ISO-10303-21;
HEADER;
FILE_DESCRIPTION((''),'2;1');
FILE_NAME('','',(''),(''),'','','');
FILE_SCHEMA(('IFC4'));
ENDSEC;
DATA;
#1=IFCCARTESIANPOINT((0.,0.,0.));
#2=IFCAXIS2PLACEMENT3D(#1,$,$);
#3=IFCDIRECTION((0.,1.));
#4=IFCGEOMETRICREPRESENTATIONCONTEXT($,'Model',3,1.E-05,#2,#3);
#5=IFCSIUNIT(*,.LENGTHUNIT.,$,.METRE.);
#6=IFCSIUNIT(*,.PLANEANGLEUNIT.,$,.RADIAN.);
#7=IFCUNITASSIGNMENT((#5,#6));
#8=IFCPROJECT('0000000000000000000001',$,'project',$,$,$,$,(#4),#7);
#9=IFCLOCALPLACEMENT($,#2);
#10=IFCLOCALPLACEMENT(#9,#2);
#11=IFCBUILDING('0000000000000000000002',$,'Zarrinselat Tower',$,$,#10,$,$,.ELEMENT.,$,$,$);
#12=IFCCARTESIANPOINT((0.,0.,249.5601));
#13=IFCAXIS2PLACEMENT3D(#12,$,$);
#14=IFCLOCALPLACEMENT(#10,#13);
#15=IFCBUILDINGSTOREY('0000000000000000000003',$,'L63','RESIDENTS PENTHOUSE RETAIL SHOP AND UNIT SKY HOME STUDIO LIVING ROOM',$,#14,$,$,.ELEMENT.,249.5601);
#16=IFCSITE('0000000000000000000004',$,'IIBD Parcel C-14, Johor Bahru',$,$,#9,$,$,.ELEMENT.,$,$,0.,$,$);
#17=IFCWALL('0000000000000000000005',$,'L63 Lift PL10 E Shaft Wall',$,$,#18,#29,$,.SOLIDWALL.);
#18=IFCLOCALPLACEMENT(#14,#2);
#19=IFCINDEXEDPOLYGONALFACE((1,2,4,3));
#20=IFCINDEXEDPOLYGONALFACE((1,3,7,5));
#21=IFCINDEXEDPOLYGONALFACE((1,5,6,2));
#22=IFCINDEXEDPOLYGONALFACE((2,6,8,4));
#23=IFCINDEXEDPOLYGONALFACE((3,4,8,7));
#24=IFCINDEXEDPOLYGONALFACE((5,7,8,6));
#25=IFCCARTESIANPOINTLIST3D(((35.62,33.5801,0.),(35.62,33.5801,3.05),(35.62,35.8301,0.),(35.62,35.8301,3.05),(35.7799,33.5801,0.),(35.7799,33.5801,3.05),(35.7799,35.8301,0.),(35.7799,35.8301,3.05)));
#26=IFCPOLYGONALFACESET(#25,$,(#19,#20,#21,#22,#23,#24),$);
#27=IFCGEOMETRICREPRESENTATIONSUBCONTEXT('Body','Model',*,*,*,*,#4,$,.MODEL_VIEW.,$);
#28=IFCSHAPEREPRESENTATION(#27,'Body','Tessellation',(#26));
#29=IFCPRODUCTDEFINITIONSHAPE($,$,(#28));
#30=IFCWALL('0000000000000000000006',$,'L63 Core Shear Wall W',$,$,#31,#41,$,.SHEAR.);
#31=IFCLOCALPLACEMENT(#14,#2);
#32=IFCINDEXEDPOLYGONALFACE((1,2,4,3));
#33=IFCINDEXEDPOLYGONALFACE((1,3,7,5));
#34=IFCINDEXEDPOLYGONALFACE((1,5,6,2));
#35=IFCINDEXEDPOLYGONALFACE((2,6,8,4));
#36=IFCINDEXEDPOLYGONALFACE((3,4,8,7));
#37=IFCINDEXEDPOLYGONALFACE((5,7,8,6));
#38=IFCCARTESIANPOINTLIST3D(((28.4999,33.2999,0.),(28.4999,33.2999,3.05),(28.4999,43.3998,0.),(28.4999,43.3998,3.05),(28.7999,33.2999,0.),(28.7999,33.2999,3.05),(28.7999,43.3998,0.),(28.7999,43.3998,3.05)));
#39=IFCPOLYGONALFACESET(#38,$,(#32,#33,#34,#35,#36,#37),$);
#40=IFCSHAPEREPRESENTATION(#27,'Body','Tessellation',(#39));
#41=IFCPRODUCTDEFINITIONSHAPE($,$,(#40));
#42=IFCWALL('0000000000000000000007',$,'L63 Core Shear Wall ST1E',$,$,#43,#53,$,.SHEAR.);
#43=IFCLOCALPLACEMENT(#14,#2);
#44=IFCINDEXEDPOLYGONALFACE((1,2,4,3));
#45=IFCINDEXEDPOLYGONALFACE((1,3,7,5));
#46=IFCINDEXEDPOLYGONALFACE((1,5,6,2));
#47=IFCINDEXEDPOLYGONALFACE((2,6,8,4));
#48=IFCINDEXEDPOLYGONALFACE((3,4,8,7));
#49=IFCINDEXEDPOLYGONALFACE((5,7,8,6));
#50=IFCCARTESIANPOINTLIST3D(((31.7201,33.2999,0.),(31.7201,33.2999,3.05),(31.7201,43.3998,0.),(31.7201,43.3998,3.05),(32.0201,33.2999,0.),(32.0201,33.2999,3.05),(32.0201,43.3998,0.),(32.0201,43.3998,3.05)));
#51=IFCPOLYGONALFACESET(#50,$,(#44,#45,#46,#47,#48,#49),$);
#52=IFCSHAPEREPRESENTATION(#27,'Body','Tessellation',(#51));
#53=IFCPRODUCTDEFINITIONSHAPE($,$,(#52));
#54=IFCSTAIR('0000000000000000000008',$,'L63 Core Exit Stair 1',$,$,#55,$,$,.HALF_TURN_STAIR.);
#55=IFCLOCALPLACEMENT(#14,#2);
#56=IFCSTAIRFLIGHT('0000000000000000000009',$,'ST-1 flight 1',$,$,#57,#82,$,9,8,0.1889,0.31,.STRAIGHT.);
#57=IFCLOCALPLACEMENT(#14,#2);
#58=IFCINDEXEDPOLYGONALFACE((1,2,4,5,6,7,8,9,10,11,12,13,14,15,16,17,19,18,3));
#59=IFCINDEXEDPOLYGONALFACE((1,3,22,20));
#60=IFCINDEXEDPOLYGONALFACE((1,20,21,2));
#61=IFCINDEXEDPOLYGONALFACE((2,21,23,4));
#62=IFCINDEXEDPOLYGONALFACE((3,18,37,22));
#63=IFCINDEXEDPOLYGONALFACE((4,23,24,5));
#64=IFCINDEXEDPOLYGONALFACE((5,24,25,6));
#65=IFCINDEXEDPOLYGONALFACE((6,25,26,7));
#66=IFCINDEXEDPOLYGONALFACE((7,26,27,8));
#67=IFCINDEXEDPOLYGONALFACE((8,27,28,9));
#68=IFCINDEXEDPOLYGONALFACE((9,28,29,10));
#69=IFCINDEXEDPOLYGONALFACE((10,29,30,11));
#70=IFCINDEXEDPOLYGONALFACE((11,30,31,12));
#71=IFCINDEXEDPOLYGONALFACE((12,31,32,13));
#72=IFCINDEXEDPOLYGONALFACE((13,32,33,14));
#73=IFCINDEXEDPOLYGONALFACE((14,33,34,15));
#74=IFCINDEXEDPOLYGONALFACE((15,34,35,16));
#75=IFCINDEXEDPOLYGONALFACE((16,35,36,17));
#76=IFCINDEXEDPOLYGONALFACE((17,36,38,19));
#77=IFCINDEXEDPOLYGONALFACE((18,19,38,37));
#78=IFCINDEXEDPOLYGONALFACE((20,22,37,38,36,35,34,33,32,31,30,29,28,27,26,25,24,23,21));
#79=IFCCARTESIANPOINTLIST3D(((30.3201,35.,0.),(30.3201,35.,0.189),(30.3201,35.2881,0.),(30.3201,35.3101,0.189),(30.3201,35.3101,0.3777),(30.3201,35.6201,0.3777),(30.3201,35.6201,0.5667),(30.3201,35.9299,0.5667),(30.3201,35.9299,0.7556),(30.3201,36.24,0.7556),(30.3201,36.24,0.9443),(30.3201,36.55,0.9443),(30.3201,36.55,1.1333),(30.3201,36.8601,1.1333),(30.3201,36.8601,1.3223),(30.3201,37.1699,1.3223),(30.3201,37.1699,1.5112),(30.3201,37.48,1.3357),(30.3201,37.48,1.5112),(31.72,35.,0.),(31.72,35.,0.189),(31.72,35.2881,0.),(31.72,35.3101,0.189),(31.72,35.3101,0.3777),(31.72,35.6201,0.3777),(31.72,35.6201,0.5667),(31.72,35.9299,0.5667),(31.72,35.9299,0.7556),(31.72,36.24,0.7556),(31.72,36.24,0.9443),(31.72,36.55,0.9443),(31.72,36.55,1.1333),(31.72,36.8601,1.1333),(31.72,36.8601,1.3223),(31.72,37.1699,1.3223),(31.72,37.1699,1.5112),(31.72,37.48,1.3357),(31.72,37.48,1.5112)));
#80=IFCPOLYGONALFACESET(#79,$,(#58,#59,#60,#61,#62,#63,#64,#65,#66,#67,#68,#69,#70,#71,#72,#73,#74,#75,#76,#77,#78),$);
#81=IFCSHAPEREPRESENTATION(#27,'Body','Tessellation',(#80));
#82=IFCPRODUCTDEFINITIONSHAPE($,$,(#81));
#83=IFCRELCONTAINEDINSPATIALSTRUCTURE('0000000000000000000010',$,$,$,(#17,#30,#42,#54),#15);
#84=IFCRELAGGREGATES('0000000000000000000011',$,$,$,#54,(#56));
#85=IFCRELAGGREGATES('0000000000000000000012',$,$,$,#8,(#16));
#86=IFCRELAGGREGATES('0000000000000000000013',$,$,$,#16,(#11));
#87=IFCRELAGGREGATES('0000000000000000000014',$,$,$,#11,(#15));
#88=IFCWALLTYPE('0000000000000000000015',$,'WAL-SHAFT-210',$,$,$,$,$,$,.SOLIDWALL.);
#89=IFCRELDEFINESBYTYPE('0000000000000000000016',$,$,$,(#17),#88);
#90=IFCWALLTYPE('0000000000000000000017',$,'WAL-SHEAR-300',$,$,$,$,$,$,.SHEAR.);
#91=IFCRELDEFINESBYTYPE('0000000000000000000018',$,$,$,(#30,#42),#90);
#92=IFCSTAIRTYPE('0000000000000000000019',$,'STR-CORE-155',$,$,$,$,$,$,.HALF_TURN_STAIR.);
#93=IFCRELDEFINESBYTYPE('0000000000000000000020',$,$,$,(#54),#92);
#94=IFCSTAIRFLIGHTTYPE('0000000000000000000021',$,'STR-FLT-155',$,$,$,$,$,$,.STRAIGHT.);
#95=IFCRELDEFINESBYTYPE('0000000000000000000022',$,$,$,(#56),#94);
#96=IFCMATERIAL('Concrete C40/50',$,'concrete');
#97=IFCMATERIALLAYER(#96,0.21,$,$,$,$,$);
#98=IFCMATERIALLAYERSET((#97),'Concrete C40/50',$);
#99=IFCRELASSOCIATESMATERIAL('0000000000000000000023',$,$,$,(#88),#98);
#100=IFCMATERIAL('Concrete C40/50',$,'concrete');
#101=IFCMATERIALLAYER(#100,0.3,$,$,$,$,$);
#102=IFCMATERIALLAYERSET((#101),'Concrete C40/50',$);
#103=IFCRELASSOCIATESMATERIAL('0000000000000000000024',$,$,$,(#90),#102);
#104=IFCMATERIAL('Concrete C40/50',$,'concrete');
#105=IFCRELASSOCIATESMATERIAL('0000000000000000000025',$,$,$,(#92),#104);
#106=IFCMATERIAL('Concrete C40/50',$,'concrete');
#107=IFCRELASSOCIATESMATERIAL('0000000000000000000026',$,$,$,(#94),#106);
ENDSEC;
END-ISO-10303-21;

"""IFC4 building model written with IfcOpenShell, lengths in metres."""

from ifc_helpers import new_model, si_unit, direction, frame, frame_2d, origin, place, context, subcontext, project, spatial, polyline, rectangle, outline, extrude, material, layer, layer_set, type_object, element, aggregate, save


model = new_model("IFC4")

# Units and contexts
model_context = context("Model", 3, precision=1e-05, world=origin(), true_north=direction((0.0, 1.0)))
body_context = subcontext(model_context, "Body", "Model", "MODEL_VIEW")
ifc_project = project(units=[si_unit("LENGTHUNIT", "METRE"), si_unit("PLANEANGLEUNIT", "RADIAN")], contexts=[model_context])

# Site, building, storey
site_placement = place(None, origin())
site = spatial("IfcSite", under=ifc_project, at=site_placement, Name="IIBD Parcel C-14, Johor Bahru", CompositionType="ELEMENT", RefElevation=0.0)
building_placement = place(site_placement, origin())
building = spatial("IfcBuilding", under=site, at=building_placement, Name="Zarrinselat Tower", CompositionType="ELEMENT")
storey_placement = place(building_placement, frame((0.0, 0.0, 249.5601)))
storey = spatial("IfcBuildingStorey", under=building, at=storey_placement, Name="L63", Description="RESIDENTS PENTHOUSE RETAIL SHOP AND UNIT SKY HOME STUDIO LIVING ROOM", CompositionType="ELEMENT", Elevation=249.5601)

# Wall
ifc_material_1 = material(Name="Concrete C40/50", Category="concrete")
ifc_layer_1 = layer(ifc_material_1, 0.21)
ifc_layer_set_1 = layer_set([ifc_layer_1], Name="Concrete C40/50")
wall_type_1 = type_object("IfcWallType", Name="WAL-SHAFT-210", PredefinedType="SOLIDWALL", material=ifc_layer_set_1)
wall_1_placement = place(storey_placement, frame((35.7, 33.5801, 0.0), z_axis=(0.0, 0.0, 1.0), x_axis=(0.0, 1.0, 0.0)))
element("IfcWall", 1, at=wall_1_placement, inside=storey, type_object=wall_type_1, Name="L63 Lift PL10 E Shaft Wall", PredefinedType="SOLIDWALL", context=body_context, shape_type="SweptSolid", body=[
    extrude(rectangle(XDim=2.25, YDim=0.1599, at=frame_2d((1.125, 0.0))), origin(), (0.0, 0.0, 1.0), 3.05),
])

# Shared definitions
ifc_material_2 = material(Name="Concrete C40/50", Category="concrete")
ifc_layer_2 = layer(ifc_material_2, 0.3)
ifc_layer_set_2 = layer_set([ifc_layer_2], Name="Concrete C40/50")
wall_type_2 = type_object("IfcWallType", Name="WAL-SHEAR-300", PredefinedType="SHEAR", material=ifc_layer_set_2)

# Walls
for number, where, z_axis, x_axis, name in (
    (2, (28.6499, 33.3, 0.0), (0.0, 0.0, 1.0), (0.0, 1.0, 0.0), "L63 Core Shear Wall W"),
    (3, (31.8701, 33.3, 0.0), (0.0, 0.0, 1.0), (0.0, 1.0, 0.0), "L63 Core Shear Wall ST1E"),
):
    element("IfcWall", number, at=place(storey_placement, frame(where, z_axis=z_axis, x_axis=x_axis)), inside=storey, type_object=wall_type_2, Name=name, PredefinedType="SHEAR", context=body_context, shape_type="SweptSolid", body=[
        extrude(rectangle(XDim=10.0999, YDim=0.3, at=frame_2d((5.0498, 0.0))), origin(), (0.0, 0.0, 1.0), 3.05),
    ])

# Stair, stair flight
ifc_material_3 = material(Name="Concrete C40/50", Category="concrete")
stair_type = type_object("IfcStairType", Name="STR-CORE-155", PredefinedType="HALF_TURN_STAIR", material=ifc_material_3)
stair_placement = place(storey_placement, origin())
stair = element("IfcStair", 4, at=stair_placement, inside=storey, type_object=stair_type, Name="L63 Core Exit Stair 1", PredefinedType="HALF_TURN_STAIR")
ifc_material_4 = material(Name="Concrete C40/50", Category="concrete")
stair_flight_type = type_object("IfcStairFlightType", Name="STR-FLT-155", PredefinedType="STRAIGHT", material=ifc_material_4)
stair_flight_placement = place(storey_placement, frame((31.02, 35.0, 0.0), z_axis=(0.0, 0.0, 1.0), x_axis=(0.0, 1.0, 0.0)))
stair_flight = element("IfcStairFlight", 5, at=stair_flight_placement, type_object=stair_flight_type, Name="ST-1 flight 1", NumberOfRisers=9, NumberOfTreads=8, PredefinedType="STRAIGHT", RiserHeight=0.1889, TreadLength=0.31, context=body_context, shape_type="SweptSolid", body=[
    extrude(outline(polyline([(0.0, 0.0), (0.0, 0.189), (0.3101, 0.189), (0.3101, 0.3777), (0.6201, 0.3777), (0.6201, 0.5667), (0.9299, 0.5667), (0.9299, 0.7556), (1.24, 0.7556), (1.24, 0.9443), (1.55, 0.9443), (1.55, 1.1333), (1.8601, 1.1333), (1.8601, 1.3223), (2.1699, 1.3223), (2.1699, 1.5112), (2.48, 1.5112), (2.48, 1.7), (2.48, 1.3357), (0.2881, 0.0), (0.0, 0.0)])), frame((0.0, 0.7, 0.0), z_axis=(0.0, -1.0, 0.0), x_axis=(1.0, 0.0, 0.0)), (0.0, 0.0, 1.0), 1.3999),
])
aggregate(stair, [stair_flight])

save(model, "model.ifc")
